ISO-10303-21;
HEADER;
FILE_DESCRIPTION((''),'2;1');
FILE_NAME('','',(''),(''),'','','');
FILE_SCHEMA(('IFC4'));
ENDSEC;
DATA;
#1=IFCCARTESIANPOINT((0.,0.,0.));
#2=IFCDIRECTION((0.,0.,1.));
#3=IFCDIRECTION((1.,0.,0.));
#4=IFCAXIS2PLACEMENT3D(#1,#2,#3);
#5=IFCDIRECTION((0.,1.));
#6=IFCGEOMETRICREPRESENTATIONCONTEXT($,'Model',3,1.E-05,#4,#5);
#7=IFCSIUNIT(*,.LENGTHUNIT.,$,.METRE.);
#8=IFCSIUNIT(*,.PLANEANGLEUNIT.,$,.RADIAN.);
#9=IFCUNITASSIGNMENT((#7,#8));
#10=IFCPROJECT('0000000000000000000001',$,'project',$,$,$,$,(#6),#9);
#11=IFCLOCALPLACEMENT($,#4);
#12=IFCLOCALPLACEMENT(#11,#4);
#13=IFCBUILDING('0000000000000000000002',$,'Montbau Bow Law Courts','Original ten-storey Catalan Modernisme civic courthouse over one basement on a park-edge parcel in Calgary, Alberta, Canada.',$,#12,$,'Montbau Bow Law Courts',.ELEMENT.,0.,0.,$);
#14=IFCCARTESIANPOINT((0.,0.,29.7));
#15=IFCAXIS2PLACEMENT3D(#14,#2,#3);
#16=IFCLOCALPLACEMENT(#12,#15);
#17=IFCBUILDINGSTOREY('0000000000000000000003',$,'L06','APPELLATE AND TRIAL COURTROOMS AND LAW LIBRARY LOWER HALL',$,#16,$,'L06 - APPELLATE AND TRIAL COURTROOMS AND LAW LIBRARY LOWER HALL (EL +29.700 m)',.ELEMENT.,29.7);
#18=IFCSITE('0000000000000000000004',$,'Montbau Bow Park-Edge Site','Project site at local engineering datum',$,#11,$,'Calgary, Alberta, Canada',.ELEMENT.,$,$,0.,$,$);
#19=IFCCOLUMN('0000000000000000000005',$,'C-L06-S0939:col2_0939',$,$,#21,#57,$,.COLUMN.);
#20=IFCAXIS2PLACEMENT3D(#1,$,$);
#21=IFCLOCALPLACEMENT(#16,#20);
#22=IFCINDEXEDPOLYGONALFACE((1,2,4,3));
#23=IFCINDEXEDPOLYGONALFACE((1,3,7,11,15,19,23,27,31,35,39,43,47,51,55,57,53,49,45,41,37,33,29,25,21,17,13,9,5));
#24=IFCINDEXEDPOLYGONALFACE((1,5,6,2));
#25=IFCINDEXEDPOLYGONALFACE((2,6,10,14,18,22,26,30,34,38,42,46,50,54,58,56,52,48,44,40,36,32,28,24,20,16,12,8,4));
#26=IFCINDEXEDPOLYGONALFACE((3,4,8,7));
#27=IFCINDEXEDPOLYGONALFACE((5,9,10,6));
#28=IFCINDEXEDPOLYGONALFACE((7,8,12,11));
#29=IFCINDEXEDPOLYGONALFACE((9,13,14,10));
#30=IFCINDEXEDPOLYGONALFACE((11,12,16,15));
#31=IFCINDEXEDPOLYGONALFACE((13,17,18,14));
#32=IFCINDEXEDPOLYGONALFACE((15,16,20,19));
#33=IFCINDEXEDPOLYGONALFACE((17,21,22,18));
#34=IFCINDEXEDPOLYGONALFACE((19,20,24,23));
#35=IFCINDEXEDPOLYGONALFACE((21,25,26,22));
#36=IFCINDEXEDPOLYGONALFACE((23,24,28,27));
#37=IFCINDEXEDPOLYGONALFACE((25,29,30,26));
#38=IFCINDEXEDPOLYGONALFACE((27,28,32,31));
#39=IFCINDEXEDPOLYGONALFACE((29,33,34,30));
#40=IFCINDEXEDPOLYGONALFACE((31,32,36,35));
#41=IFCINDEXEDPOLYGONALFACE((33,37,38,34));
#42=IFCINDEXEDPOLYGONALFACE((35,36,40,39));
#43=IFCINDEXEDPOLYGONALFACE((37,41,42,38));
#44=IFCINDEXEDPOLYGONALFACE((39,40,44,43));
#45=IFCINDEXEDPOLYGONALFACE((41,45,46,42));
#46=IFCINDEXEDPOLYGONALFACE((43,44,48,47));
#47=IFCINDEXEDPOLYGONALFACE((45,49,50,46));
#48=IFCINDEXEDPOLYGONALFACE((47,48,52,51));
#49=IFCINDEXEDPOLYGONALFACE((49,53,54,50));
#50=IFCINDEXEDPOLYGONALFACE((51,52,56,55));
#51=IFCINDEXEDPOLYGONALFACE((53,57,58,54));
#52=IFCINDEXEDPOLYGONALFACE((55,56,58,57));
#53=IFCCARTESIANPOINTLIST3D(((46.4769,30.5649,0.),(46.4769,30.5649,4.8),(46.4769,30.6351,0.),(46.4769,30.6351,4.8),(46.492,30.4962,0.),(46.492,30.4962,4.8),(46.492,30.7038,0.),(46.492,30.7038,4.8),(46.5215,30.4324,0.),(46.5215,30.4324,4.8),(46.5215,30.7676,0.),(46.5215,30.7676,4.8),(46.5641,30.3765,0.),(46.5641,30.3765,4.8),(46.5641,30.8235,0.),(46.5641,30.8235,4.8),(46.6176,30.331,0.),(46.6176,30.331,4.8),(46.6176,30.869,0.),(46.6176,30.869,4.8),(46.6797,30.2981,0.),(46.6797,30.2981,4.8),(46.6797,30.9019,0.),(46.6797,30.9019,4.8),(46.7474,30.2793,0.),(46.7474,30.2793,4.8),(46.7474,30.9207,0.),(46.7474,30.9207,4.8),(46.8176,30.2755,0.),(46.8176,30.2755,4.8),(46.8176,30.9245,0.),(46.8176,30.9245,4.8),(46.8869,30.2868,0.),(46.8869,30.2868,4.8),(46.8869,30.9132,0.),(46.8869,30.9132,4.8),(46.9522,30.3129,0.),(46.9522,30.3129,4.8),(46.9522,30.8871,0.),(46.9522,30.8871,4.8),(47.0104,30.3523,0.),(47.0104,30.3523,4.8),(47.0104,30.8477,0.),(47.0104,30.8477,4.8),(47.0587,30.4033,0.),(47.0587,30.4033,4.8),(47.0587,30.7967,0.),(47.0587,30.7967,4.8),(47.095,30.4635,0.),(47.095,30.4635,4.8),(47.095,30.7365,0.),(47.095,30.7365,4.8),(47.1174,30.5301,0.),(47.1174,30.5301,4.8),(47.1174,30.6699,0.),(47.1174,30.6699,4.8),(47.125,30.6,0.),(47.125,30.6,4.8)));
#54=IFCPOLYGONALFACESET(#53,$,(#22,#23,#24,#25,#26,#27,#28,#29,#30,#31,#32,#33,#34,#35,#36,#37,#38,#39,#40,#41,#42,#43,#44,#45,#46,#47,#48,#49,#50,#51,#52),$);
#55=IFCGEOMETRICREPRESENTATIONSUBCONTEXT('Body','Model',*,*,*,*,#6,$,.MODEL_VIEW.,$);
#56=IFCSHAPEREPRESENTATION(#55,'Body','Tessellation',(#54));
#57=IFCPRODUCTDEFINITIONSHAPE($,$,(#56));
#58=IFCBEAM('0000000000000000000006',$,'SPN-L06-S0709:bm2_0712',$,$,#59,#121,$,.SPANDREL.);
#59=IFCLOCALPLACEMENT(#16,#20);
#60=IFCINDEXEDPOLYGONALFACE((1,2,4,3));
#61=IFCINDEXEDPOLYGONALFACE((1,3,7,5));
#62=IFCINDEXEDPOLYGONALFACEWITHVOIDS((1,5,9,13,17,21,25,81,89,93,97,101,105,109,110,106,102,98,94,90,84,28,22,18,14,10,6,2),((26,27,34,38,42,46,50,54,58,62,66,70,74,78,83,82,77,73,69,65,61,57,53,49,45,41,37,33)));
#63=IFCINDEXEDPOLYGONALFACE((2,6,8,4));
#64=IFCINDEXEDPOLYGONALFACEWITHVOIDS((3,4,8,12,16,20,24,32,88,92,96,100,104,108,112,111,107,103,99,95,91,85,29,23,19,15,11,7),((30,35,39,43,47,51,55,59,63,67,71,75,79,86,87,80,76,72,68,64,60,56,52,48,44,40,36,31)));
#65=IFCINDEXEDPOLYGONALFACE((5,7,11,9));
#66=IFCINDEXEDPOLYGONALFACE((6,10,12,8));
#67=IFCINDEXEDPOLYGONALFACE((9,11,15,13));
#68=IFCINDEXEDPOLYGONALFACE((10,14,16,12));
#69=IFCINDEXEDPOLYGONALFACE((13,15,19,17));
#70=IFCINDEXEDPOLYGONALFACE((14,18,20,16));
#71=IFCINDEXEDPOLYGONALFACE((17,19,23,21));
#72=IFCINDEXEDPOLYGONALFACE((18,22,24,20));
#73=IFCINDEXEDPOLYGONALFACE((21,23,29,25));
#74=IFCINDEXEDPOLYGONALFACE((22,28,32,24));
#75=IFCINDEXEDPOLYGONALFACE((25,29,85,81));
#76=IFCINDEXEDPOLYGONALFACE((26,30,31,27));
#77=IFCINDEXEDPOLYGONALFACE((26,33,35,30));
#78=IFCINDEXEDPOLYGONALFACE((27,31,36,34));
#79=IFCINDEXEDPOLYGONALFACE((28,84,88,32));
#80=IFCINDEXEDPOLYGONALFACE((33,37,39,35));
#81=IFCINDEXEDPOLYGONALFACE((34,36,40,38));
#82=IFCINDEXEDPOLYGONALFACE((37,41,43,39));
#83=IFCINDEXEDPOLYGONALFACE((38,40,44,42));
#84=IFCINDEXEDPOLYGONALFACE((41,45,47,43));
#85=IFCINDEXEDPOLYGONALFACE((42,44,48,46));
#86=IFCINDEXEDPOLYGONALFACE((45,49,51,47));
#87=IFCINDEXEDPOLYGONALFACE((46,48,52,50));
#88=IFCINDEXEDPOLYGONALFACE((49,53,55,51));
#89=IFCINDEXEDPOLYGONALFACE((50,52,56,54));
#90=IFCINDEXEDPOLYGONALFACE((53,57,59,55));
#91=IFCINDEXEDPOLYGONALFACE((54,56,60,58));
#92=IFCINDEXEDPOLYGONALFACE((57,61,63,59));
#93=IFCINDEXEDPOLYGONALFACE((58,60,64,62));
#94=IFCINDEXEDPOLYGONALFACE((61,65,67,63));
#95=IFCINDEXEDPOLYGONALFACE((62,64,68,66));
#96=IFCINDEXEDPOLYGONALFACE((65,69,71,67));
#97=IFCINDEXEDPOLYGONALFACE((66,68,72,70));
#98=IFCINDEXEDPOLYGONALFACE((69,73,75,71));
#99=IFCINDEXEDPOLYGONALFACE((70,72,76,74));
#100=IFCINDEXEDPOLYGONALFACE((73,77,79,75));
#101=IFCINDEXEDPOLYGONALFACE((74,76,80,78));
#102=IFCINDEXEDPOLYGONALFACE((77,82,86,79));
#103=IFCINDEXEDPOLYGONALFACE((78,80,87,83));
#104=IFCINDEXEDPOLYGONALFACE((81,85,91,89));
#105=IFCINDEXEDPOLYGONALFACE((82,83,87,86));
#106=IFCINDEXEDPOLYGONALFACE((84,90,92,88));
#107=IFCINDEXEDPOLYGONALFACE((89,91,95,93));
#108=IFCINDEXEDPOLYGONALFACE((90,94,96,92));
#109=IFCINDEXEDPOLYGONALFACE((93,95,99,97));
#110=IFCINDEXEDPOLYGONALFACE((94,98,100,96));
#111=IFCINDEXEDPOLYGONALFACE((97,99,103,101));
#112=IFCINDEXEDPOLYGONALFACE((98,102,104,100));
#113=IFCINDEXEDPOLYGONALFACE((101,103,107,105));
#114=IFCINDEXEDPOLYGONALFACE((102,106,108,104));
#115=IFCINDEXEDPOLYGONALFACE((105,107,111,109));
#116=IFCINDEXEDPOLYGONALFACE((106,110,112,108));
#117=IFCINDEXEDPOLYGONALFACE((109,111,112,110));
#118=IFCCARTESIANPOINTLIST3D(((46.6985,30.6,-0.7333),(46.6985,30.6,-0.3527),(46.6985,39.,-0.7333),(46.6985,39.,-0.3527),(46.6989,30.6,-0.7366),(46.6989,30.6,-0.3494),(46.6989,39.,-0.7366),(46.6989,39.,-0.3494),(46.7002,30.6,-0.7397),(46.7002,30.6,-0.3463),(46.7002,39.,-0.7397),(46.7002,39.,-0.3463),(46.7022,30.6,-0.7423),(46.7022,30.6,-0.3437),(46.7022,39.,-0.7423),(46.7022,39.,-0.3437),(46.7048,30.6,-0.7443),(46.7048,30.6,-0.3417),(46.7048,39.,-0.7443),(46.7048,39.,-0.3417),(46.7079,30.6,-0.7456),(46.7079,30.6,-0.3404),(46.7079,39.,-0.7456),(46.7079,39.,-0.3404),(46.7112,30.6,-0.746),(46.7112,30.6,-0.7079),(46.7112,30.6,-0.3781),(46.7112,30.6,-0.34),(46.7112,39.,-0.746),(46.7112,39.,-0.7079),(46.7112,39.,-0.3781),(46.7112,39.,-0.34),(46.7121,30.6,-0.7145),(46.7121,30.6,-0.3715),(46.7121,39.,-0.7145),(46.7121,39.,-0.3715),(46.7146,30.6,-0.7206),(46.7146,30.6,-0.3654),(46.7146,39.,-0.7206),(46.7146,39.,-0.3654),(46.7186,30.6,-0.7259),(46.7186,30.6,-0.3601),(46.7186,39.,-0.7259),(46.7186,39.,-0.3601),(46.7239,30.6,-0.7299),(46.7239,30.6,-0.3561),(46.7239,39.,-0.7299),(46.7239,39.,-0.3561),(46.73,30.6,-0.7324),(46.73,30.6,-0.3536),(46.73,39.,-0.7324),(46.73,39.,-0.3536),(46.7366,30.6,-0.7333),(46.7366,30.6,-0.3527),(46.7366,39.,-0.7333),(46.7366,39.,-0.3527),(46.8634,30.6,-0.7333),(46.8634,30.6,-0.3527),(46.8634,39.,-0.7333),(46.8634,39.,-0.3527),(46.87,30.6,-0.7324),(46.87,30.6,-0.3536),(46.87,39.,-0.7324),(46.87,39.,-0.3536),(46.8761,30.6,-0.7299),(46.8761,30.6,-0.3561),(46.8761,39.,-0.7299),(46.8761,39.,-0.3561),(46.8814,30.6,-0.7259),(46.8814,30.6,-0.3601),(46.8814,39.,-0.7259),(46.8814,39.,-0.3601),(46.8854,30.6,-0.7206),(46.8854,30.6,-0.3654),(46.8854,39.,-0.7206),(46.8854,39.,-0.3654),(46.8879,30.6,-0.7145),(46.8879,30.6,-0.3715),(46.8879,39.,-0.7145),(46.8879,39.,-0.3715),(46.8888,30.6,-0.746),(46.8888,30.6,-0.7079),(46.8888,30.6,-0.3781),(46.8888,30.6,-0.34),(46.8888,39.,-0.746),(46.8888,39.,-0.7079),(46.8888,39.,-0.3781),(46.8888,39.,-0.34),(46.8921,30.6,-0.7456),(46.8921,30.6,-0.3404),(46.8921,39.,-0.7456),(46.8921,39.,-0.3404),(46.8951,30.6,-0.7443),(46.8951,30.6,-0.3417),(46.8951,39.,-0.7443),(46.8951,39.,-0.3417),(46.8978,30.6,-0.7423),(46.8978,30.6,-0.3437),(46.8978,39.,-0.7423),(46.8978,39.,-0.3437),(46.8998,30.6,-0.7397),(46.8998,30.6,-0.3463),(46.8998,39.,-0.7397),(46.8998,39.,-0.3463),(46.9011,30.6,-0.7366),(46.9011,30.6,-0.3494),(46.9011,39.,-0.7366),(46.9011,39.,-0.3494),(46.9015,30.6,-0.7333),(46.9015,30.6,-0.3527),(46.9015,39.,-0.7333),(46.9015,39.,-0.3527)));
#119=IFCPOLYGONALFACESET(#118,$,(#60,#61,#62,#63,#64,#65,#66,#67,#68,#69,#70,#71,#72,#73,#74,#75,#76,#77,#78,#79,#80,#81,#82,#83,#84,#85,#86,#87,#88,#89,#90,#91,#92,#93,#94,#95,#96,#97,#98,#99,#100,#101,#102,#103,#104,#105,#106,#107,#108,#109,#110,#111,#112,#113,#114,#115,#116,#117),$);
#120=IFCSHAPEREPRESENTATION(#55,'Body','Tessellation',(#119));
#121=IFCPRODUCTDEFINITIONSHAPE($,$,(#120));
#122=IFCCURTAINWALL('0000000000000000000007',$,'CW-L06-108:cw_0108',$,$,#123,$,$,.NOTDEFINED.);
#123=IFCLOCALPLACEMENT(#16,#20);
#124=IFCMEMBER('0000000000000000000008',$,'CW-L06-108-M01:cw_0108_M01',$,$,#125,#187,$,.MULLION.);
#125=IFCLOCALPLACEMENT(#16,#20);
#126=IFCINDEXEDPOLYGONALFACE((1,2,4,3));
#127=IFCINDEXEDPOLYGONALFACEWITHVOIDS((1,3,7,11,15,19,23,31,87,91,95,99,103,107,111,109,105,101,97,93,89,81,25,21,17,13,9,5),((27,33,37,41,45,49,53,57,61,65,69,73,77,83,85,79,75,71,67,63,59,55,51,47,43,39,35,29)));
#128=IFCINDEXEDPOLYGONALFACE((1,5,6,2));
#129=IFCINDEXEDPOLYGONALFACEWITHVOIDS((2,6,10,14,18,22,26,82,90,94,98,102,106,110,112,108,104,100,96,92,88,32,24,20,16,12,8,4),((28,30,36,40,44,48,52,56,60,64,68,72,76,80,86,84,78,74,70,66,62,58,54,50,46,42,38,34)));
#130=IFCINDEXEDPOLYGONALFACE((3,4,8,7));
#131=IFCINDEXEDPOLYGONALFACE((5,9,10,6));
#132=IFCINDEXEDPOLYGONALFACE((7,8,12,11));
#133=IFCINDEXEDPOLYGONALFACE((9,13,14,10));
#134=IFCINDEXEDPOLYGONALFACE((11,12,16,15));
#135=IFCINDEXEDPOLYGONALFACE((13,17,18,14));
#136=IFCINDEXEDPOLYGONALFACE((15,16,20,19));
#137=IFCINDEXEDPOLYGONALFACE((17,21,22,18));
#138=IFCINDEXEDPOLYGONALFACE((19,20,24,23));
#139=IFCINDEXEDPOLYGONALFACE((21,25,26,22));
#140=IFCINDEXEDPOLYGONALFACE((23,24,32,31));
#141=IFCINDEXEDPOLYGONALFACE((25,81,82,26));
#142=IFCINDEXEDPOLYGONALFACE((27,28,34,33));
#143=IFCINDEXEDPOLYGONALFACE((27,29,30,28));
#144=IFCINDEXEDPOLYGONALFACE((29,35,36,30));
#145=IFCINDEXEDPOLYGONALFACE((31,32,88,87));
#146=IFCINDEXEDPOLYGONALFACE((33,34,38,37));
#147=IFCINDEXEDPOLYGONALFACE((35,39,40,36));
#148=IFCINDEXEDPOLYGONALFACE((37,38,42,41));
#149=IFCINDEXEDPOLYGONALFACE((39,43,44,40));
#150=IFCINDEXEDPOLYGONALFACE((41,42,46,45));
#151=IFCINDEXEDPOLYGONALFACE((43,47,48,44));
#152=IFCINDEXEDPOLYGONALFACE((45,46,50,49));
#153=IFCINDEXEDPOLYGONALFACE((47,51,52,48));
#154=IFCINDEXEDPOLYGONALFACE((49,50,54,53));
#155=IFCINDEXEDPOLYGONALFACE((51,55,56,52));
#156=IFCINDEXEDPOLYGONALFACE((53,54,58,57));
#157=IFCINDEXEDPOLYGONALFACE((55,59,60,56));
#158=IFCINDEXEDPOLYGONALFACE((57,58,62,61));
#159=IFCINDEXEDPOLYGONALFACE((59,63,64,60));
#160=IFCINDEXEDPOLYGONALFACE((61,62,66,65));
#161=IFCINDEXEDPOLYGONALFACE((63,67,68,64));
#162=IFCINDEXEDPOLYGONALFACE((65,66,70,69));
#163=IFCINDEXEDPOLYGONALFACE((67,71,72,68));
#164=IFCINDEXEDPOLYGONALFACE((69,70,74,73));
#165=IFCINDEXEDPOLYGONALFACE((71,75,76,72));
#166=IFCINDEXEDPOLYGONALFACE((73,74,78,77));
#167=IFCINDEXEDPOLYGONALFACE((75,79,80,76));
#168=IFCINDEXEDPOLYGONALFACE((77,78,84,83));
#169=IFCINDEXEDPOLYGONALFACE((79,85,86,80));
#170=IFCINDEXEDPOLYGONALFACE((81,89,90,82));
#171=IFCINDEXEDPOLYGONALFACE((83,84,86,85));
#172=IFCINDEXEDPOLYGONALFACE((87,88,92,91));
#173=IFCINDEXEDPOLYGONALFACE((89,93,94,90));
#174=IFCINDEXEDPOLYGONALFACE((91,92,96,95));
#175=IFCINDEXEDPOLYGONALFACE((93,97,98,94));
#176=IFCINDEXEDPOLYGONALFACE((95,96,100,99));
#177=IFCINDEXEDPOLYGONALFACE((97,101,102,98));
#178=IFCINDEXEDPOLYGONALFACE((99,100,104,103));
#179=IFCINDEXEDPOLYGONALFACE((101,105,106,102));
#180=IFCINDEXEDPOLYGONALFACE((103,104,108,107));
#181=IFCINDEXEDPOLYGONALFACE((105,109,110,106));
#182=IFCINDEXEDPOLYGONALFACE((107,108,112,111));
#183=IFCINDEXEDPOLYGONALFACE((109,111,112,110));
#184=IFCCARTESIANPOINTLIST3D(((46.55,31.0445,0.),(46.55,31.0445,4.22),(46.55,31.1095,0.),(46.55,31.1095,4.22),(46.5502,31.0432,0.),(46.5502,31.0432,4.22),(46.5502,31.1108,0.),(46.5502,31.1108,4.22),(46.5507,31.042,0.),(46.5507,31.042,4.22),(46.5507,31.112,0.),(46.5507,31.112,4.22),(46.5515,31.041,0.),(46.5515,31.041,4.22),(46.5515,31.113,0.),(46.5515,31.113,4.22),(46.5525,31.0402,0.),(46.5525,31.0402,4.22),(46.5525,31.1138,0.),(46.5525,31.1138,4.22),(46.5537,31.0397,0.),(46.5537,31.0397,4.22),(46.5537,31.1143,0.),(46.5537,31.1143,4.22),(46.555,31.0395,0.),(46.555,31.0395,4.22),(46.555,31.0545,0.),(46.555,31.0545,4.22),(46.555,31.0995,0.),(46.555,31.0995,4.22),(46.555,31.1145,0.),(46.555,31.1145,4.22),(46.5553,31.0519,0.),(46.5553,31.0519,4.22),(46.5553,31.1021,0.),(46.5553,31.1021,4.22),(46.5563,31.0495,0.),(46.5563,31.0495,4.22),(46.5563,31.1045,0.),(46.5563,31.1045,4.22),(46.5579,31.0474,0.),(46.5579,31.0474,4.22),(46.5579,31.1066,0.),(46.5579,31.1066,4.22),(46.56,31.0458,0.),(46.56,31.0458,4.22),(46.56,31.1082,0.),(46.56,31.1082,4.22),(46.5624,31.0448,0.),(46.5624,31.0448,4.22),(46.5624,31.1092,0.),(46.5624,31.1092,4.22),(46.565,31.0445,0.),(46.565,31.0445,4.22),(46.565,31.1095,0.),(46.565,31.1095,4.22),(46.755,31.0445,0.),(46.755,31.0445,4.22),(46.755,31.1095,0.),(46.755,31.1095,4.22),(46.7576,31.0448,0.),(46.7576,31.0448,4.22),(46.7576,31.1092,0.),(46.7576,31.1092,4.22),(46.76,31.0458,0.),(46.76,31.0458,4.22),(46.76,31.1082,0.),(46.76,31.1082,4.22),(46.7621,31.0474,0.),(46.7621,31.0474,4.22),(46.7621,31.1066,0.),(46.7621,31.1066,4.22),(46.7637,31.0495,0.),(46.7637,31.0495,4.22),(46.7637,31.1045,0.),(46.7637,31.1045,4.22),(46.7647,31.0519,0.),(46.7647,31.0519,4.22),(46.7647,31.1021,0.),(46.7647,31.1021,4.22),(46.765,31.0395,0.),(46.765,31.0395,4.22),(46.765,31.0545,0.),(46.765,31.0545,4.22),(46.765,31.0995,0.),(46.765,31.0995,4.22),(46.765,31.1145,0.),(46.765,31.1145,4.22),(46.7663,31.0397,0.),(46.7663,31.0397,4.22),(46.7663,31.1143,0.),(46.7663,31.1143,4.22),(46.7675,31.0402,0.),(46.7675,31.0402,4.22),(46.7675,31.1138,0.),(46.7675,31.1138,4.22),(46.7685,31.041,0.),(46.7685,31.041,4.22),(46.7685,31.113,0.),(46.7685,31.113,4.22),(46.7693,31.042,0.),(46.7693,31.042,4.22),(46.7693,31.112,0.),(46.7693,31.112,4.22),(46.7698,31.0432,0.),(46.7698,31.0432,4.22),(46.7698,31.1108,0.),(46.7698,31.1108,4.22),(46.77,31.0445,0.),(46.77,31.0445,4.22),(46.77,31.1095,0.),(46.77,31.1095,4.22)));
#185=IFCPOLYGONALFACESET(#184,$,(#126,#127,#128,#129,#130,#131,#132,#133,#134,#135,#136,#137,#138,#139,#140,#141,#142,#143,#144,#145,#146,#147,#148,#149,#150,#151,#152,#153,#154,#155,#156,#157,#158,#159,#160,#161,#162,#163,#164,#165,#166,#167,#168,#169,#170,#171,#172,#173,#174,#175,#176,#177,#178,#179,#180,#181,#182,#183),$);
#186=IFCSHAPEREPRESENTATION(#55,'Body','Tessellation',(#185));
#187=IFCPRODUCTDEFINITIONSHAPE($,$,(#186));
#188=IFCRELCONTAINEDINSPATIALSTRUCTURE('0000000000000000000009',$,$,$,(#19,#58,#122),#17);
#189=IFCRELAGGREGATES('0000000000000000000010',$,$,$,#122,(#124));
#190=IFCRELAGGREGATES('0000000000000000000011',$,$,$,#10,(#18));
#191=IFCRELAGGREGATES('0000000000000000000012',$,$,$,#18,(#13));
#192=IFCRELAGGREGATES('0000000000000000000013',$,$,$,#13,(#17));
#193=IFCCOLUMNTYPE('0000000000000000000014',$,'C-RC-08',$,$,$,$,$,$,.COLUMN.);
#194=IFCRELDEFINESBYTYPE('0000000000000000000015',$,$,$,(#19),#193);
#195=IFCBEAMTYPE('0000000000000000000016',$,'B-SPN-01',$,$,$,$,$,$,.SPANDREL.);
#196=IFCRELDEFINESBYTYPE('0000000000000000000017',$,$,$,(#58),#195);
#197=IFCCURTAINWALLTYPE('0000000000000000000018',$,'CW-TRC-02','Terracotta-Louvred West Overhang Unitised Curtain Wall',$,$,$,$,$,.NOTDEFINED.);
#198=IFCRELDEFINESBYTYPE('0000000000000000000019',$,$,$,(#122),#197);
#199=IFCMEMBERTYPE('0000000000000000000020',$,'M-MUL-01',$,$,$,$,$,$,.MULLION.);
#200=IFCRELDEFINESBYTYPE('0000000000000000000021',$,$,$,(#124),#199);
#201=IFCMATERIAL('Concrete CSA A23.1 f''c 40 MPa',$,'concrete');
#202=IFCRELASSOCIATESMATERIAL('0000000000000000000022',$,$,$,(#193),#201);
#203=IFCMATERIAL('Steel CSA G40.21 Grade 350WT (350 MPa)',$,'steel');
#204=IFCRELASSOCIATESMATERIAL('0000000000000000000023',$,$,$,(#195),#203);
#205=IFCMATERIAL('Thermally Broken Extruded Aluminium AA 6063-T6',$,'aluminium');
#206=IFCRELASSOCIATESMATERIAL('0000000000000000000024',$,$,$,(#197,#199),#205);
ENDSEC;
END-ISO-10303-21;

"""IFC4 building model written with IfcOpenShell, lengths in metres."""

from ifc_helpers import new_model, si_unit, direction, frame, origin_with_axes, origin_2d_with_axis, place, context, subcontext, project, spatial, hollow_rectangle, circle, extrude, material, material_profile, profile_set, type_object, element, aggregate, save


model = new_model("IFC4")

# Units and contexts
model_context = context("Model", 3, precision=1e-05, world=origin_with_axes(), true_north=direction((0.0, 1.0)))
body_context = subcontext(model_context, "Body", "Model", "MODEL_VIEW")
ifc_project = project(units=[si_unit("LENGTHUNIT", "METRE"), si_unit("PLANEANGLEUNIT", "RADIAN")], contexts=[model_context])

# Site, building, storey
site_placement = place(None, origin_with_axes())
site = spatial("IfcSite", under=ifc_project, at=site_placement, Name="Montbau Bow Park-Edge Site", Description="Project site at local engineering datum", LongName="Calgary, Alberta, Canada", CompositionType="ELEMENT", RefElevation=0.0)
building_placement = place(site_placement, origin_with_axes())
building = spatial("IfcBuilding", under=site, at=building_placement, Name="Montbau Bow Law Courts", Description="Original ten-storey Catalan Modernisme civic courthouse over one basement on a park-edge parcel in Calgary, Alberta, Canada.", LongName="Montbau Bow Law Courts", CompositionType="ELEMENT", ElevationOfRefHeight=0.0, ElevationOfTerrain=0.0)
storey_placement = place(building_placement, frame((0.0, 0.0, 29.7), z_axis=(0.0, 0.0, 1.0), x_axis=(1.0, 0.0, 0.0)))
storey = spatial("IfcBuildingStorey", under=building, at=storey_placement, Name="L06", Description="APPELLATE AND TRIAL COURTROOMS AND LAW LIBRARY LOWER HALL", LongName="L06 - APPELLATE AND TRIAL COURTROOMS AND LAW LIBRARY LOWER HALL (EL +29.700 m)", CompositionType="ELEMENT", Elevation=29.7)

# Column
ifc_material_1 = material(Name="Concrete CSA A23.1 f'c 40 MPa", Category="concrete")
ifc_material_profile_1 = material_profile(ifc_material_1, circle(Radius=0.325, at=origin_2d_with_axis()), Name="RC650D", Category="Main", Priority=0)
ifc_profile_set_1 = profile_set([ifc_material_profile_1], Name="Concrete CSA A23.1 f'c 40 MPa")
column_type = type_object("IfcColumnType", Name="C-RC-08", PredefinedType="COLUMN", material=ifc_profile_set_1)
column_placement = place(None, frame((46.8, 30.6, 29.7), z_axis=(0.0, 0.0, 1.0), x_axis=(1.0, 0.0, 0.0)))
element("IfcColumn", 1, at=column_placement, inside=storey, type_object=column_type, Name="C-L06-S0939:col2_0939", PredefinedType="COLUMN", context=body_context, shape_type="SweptSolid", body=[
    extrude(circle(Radius=0.325, at=origin_2d_with_axis()), origin_with_axes(), (0.0, 0.0, 1.0), 4.8),
])

# Beam
ifc_material_2 = material(Name="Steel CSA G40.21 Grade 350WT (350 MPa)", Category="steel")
ifc_material_profile_2 = material_profile(ifc_material_2, hollow_rectangle(XDim=0.203, YDim=0.406, WallThickness=0.0127, InnerFilletRadius=0.0254, OuterFilletRadius=0.0127, at=origin_2d_with_axis()), Name="HSS406X203X13", Category="Main", Priority=0)
ifc_profile_set_2 = profile_set([ifc_material_profile_2], Name="Steel CSA G40.21 Grade 350WT (350 MPa)")
beam_type = type_object("IfcBeamType", Name="B-SPN-01", PredefinedType="SPANDREL", material=ifc_profile_set_2)
beam_placement = place(None, frame((46.8, 30.6, 29.157), z_axis=(0.0, 1.0, 0.0), x_axis=(-1.0, 0.0, 0.0)))
element("IfcBeam", 2, at=beam_placement, inside=storey, type_object=beam_type, Name="SPN-L06-S0709:bm2_0712", PredefinedType="SPANDREL", context=body_context, shape_type="SweptSolid", body=[
    extrude(hollow_rectangle(XDim=0.203, YDim=0.406, WallThickness=0.0127, InnerFilletRadius=0.0254, OuterFilletRadius=0.0127, at=origin_2d_with_axis()), origin_with_axes(), (0.0, 0.0, 1.0), 8.4),
])

# Curtain wall, member
ifc_material_3 = material(Name="Thermally Broken Extruded Aluminium AA 6063-T6", Category="aluminium")
curtain_wall_type = type_object("IfcCurtainWallType", Name="CW-TRC-02", Description="Terracotta-Louvred West Overhang Unitised Curtain Wall", PredefinedType="NOTDEFINED", material=ifc_material_3)
curtain_wall_1_placement = place(None, frame((46.66, 31.04, 29.7), z_axis=(0.0, 0.0, 1.0), x_axis=(1.0, 0.0, 0.0)))
curtain_wall_1 = element("IfcCurtainWall", 3, at=curtain_wall_1_placement, inside=storey, type_object=curtain_wall_type, Name="CW-L06-108:cw_0108", PredefinedType="NOTDEFINED")
ifc_material_profile_3 = material_profile(ifc_material_3, hollow_rectangle(XDim=0.075, YDim=0.22, WallThickness=0.005, InnerFilletRadius=0.01, OuterFilletRadius=0.005, at=origin_2d_with_axis()), Name="CWM-220X75", Category="Main", Priority=0)
ifc_profile_set_3 = profile_set([ifc_material_profile_3], Name="Thermally Broken Extruded Aluminium AA 6063-T6")
member_type_1 = type_object("IfcMemberType", Name="M-MUL-01", PredefinedType="MULLION", material=ifc_profile_set_3)
member_1_placement = place(None, frame((46.66, 31.077, 29.7), z_axis=(0.0, 0.0, 1.0), x_axis=(0.0, 1.0, 0.0)))
member_1 = element("IfcMember", 4, at=member_1_placement, type_object=member_type_1, Name="CW-L06-108-M01:cw_0108_M01", PredefinedType="MULLION", context=body_context, shape_type="SweptSolid", body=[
    extrude(hollow_rectangle(XDim=0.075, YDim=0.22, WallThickness=0.005, InnerFilletRadius=0.01, OuterFilletRadius=0.005, at=origin_2d_with_axis()), origin_with_axes(), (0.0, 0.0, 1.0), 4.22),
])

aggregate(curtain_wall_1, [member_1])

save(model, "model.ifc")
